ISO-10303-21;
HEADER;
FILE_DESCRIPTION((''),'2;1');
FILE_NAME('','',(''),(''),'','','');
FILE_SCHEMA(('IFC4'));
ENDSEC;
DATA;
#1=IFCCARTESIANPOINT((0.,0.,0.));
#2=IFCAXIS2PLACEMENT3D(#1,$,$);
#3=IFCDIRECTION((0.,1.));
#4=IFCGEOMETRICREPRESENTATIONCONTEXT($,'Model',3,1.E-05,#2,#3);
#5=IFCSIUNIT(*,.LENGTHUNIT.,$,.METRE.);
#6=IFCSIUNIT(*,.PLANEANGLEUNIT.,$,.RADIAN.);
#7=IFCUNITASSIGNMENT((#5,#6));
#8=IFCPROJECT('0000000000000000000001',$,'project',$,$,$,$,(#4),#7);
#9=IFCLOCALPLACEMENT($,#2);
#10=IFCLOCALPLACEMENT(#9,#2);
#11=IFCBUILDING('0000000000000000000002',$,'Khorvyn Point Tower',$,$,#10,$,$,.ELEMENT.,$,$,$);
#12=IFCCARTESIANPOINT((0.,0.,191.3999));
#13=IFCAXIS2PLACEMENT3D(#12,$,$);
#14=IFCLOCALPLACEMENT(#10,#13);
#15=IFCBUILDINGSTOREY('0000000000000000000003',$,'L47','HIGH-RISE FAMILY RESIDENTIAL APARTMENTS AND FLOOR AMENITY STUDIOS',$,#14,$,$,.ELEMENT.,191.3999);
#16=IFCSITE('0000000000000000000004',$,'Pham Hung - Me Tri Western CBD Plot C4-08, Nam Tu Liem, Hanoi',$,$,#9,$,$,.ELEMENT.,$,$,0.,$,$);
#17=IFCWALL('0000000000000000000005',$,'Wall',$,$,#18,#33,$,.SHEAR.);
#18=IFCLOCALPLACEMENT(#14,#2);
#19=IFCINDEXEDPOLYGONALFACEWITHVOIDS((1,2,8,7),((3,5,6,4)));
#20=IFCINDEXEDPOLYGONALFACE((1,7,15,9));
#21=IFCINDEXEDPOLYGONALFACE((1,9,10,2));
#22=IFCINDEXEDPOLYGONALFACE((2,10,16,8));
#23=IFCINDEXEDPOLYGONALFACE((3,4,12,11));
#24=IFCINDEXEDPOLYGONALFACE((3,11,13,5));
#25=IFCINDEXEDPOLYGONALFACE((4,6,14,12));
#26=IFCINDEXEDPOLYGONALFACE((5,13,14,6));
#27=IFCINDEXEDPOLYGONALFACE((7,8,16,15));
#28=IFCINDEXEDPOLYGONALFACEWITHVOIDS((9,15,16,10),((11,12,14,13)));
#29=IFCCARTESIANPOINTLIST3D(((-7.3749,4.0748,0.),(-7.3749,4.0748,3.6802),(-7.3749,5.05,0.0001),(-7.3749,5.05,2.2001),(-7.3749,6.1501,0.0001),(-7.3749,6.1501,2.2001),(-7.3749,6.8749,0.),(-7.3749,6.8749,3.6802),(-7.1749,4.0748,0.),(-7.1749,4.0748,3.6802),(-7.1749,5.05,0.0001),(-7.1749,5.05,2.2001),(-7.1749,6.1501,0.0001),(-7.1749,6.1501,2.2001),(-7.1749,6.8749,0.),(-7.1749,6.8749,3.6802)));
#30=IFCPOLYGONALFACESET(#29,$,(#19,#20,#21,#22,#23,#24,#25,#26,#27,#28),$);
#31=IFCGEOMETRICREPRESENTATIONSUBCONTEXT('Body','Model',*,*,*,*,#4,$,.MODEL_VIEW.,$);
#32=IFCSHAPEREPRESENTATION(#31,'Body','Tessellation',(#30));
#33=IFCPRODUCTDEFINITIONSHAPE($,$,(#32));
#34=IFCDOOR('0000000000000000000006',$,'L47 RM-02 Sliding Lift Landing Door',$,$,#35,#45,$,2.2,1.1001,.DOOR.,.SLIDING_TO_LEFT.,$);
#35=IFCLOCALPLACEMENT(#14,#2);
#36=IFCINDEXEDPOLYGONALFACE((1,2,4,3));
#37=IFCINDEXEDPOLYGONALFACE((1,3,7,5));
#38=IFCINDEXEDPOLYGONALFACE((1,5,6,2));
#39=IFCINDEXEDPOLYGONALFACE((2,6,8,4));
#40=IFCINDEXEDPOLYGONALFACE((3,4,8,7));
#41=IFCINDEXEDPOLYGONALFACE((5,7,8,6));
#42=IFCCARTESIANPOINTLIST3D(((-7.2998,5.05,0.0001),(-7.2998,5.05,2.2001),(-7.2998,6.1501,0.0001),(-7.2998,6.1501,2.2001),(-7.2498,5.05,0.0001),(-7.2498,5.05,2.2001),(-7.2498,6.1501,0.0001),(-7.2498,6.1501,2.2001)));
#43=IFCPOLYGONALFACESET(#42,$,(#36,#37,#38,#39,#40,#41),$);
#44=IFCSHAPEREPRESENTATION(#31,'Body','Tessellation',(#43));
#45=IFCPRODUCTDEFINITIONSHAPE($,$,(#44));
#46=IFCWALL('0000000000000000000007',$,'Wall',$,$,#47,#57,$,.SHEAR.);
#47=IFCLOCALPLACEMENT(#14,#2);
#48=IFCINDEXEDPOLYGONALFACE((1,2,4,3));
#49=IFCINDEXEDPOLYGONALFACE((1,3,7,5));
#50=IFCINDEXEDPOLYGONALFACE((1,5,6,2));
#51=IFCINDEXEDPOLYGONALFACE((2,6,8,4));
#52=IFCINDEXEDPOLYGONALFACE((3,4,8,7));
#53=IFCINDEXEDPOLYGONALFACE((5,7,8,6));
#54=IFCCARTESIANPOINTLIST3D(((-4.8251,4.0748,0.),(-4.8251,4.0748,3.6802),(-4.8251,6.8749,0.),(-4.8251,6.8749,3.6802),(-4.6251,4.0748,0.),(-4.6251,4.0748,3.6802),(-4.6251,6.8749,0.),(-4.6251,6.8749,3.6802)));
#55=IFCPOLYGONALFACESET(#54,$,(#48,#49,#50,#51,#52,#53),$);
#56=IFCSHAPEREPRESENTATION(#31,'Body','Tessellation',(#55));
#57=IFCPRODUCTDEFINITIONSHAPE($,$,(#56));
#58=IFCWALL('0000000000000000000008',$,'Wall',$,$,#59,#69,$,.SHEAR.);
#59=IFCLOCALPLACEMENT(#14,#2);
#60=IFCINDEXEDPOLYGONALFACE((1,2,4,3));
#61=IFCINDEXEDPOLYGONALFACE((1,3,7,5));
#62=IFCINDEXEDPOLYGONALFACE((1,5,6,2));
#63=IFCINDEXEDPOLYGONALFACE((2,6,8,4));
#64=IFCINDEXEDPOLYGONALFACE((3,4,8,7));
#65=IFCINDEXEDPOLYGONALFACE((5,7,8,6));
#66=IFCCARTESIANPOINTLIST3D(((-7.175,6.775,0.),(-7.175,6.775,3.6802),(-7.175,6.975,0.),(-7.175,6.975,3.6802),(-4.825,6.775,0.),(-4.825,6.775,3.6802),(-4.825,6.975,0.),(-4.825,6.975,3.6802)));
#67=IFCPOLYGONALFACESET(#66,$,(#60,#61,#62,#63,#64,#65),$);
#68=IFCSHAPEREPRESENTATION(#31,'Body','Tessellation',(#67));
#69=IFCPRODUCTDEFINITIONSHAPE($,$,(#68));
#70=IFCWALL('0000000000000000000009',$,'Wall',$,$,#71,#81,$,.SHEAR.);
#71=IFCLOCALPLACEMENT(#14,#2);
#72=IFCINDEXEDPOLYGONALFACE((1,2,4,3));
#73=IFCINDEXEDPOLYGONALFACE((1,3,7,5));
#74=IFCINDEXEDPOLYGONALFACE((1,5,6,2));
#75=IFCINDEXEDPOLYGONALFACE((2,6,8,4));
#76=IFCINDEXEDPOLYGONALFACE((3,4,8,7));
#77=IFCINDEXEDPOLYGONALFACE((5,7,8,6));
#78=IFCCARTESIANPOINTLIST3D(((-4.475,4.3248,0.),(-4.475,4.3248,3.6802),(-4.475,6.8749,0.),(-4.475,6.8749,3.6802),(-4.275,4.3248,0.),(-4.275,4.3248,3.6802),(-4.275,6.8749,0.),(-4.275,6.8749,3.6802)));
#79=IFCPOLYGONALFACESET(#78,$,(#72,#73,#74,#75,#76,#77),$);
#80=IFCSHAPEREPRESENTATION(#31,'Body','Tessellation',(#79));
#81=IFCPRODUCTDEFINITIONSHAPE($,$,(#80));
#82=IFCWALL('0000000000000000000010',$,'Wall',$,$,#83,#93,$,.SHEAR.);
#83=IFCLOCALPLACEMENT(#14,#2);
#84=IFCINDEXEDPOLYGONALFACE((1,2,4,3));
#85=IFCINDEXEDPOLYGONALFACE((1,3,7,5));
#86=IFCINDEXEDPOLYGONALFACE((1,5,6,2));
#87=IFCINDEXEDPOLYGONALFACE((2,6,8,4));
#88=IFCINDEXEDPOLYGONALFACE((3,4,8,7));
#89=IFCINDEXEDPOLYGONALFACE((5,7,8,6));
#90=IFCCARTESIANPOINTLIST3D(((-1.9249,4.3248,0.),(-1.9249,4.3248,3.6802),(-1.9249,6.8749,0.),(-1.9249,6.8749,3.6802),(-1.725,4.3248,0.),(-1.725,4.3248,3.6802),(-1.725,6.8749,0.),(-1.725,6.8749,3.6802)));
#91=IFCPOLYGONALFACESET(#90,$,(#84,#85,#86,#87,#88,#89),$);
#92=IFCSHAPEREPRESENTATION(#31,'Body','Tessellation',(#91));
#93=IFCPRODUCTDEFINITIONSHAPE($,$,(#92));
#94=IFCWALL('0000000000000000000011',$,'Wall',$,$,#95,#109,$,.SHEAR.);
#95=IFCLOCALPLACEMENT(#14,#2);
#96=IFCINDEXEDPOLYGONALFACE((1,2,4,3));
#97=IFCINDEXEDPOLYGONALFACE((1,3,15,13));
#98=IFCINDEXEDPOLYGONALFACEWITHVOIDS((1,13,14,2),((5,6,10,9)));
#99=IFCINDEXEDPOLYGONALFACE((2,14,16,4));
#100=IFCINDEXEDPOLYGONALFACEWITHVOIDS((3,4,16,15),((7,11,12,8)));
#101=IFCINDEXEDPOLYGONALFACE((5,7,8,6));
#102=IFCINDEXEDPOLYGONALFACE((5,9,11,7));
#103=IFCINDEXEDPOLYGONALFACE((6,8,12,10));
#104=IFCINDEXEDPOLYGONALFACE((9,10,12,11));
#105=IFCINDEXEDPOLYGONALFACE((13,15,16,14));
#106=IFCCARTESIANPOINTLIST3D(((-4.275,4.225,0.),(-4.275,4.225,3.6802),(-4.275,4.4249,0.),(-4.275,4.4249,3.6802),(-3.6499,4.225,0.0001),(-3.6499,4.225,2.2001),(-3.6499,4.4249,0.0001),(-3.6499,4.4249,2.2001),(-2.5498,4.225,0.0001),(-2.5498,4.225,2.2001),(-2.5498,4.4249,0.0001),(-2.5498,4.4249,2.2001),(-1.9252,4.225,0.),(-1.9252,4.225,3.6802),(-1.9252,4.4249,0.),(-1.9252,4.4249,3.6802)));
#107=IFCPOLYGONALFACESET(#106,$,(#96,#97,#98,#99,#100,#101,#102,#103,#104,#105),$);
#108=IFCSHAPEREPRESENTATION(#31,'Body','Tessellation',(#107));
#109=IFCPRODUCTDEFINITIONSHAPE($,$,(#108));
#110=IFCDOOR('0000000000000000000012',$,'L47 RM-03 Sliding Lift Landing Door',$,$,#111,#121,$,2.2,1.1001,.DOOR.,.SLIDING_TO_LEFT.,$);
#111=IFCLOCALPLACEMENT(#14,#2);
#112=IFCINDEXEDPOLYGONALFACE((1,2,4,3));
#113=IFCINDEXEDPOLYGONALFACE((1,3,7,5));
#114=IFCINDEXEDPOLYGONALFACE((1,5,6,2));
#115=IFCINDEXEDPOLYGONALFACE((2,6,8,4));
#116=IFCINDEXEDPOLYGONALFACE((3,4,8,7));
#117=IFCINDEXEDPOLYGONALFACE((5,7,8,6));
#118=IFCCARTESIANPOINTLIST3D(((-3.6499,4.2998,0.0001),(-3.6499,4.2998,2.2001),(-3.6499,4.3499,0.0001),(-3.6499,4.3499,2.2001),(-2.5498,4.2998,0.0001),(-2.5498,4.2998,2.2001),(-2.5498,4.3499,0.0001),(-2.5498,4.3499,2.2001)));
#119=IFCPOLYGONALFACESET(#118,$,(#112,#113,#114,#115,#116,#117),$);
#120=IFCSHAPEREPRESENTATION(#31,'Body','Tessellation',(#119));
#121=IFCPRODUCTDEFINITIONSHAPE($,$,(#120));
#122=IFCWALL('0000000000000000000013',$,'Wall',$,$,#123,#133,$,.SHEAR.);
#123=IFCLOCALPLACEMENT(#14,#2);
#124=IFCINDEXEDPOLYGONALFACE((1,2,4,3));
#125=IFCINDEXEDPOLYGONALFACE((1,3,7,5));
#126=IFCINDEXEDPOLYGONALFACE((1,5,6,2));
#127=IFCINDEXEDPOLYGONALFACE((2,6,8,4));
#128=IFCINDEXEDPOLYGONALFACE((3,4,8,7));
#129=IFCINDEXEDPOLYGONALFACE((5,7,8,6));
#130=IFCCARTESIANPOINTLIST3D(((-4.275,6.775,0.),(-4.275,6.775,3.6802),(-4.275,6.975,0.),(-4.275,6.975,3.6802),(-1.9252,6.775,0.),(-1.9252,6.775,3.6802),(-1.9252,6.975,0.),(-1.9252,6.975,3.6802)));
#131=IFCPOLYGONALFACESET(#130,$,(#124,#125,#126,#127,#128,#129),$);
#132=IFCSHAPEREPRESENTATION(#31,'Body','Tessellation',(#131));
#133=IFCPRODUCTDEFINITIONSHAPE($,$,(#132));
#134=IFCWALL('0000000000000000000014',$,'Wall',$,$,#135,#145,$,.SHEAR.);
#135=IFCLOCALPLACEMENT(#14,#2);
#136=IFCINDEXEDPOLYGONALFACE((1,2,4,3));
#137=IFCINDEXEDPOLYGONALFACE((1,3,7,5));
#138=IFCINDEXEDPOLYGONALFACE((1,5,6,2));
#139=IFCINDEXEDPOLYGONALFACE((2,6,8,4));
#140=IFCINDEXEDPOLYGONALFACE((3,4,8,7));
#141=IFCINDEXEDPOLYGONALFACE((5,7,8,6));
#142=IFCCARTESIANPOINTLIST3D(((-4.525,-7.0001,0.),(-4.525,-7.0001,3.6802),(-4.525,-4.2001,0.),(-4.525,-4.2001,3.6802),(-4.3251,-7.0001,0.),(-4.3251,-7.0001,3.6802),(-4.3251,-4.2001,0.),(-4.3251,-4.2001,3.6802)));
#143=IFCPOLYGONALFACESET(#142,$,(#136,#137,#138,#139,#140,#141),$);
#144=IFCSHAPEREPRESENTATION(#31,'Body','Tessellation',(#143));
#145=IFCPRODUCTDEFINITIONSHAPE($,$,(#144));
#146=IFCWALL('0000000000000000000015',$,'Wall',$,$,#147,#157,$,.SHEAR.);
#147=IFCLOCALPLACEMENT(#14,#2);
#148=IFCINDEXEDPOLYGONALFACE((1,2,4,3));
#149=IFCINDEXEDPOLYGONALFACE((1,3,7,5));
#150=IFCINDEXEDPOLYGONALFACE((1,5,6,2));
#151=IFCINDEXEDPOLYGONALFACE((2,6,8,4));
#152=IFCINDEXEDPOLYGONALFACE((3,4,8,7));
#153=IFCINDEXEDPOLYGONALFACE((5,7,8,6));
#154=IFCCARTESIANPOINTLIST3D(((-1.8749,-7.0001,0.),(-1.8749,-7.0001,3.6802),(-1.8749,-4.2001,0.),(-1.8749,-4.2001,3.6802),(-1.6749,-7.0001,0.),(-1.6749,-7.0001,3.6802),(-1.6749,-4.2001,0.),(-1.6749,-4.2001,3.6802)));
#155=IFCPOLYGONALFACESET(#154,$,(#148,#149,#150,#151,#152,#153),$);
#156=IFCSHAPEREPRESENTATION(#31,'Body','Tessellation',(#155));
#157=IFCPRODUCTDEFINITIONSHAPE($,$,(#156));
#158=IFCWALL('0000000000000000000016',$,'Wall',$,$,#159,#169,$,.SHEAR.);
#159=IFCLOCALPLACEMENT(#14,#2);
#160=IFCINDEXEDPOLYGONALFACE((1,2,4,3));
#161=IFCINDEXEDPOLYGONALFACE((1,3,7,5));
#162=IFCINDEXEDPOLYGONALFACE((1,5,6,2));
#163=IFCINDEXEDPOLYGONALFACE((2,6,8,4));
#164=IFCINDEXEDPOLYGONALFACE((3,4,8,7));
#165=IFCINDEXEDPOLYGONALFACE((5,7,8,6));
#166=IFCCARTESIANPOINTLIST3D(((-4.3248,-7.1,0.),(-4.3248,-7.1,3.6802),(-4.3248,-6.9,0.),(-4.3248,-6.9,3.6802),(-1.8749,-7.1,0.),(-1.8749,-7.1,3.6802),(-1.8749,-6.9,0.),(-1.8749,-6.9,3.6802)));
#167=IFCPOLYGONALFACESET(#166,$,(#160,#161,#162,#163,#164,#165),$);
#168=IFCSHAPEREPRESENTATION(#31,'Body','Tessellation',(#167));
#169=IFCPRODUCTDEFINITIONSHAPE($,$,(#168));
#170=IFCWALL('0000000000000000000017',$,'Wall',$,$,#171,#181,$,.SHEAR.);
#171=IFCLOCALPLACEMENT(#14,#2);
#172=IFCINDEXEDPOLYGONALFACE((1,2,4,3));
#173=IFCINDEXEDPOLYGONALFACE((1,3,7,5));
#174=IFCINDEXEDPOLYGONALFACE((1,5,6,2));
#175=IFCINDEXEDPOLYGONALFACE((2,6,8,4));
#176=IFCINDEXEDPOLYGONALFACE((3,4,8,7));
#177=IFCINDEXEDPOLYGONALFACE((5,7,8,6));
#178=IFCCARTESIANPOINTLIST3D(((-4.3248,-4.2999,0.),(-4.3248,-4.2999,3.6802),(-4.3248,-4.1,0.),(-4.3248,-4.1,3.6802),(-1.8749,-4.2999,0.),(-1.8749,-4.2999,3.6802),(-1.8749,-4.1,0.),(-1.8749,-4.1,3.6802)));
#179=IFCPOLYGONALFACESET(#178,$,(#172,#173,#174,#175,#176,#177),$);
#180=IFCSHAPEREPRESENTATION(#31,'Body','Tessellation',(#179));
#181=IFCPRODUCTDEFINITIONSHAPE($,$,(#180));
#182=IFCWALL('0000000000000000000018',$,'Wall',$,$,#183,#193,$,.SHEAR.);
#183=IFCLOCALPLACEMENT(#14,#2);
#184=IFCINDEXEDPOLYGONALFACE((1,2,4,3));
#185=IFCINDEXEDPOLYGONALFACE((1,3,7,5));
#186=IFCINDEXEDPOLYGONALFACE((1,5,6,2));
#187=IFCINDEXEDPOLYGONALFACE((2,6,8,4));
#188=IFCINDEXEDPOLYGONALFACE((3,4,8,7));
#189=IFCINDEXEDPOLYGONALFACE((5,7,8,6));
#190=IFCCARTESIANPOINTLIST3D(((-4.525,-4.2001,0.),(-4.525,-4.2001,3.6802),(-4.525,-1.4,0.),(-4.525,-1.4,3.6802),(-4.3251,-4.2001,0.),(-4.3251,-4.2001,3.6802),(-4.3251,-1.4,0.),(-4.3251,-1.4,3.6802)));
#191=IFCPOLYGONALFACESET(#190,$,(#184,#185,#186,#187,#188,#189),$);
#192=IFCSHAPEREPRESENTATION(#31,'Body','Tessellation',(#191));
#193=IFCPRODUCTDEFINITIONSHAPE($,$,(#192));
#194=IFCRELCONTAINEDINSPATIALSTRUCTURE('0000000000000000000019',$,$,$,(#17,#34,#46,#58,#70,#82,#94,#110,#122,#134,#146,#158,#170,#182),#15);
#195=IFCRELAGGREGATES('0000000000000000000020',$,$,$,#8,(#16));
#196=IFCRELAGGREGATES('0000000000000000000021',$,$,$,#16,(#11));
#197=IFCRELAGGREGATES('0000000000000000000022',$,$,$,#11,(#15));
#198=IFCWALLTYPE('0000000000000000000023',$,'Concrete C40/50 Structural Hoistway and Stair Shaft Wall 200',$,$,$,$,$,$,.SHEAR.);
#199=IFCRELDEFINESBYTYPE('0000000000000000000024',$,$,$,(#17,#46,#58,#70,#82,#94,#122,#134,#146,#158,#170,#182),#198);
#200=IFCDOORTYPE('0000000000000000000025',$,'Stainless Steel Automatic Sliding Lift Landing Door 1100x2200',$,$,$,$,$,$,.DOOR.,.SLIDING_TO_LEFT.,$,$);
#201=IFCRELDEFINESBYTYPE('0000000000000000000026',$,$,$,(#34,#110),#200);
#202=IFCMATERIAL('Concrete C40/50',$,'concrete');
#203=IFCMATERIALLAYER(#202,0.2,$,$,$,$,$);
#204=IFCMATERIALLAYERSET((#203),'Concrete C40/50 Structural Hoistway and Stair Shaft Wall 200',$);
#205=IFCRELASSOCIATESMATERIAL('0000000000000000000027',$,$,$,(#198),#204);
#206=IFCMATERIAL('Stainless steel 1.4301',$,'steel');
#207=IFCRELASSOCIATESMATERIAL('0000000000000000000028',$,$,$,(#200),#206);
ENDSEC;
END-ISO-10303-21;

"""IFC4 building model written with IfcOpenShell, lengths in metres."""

from ifc_helpers import new_model, si_unit, direction, frame, frame_2d, origin, place, context, subcontext, project, spatial, rectangle, extrude, material, layer, layer_set, type_object, element, fill, save


model = new_model("IFC4")

# Units and contexts
model_context = context("Model", 3, precision=1e-05, world=origin(), true_north=direction((0.0, 1.0)))
body_context = subcontext(model_context, "Body", "Model", "MODEL_VIEW")
ifc_project = project(units=[si_unit("LENGTHUNIT", "METRE"), si_unit("PLANEANGLEUNIT", "RADIAN")], contexts=[model_context])

# Site, building, storey
site_placement = place(None, origin())
site = spatial("IfcSite", under=ifc_project, at=site_placement, Name="Pham Hung - Me Tri Western CBD Plot C4-08, Nam Tu Liem, Hanoi", CompositionType="ELEMENT", RefElevation=0.0)
building_placement = place(site_placement, origin())
building = spatial("IfcBuilding", under=site, at=building_placement, Name="Khorvyn Point Tower", CompositionType="ELEMENT")
storey_placement = place(building_placement, frame((0.0, 0.0, 191.3999)))
storey = spatial("IfcBuildingStorey", under=building, at=storey_placement, Name="L47", Description="HIGH-RISE FAMILY RESIDENTIAL APARTMENTS AND FLOOR AMENITY STUDIOS", CompositionType="ELEMENT", Elevation=191.3999)

# Shared definitions
ifc_material_1 = material(Name="Concrete C40/50", Category="concrete")

# Shared definitions
ifc_layer_1 = layer(ifc_material_1, 0.2)
ifc_layer_set_1 = layer_set([ifc_layer_1], Name="Concrete C40/50 Structural Hoistway and Stair Shaft Wall 200")
wall_type_1 = type_object("IfcWallType", Name="Concrete C40/50 Structural Hoistway and Stair Shaft Wall 200", PredefinedType="SHEAR", material=ifc_layer_set_1)
ifc_material_2 = material(Name="Stainless steel 1.4301", Category="steel")
door_type_1 = type_object("IfcDoorType", Name="Stainless Steel Automatic Sliding Lift Landing Door 1100x2200", OperationType="SLIDING_TO_LEFT", PredefinedType="DOOR", material=ifc_material_2)

# Wall, opening, door
wall_1_placement = place(storey_placement, frame((-7.2749, 4.075, 0.0), z_axis=(0.0, 0.0, 1.0), x_axis=(0.0, 1.0, 0.0)))
wall_1 = element("IfcWall", 1, at=wall_1_placement, inside=storey, type_object=wall_type_1, Name="Wall", PredefinedType="SHEAR", context=body_context, shape_type="SweptSolid", body=[
    extrude(rectangle(XDim=2.8, YDim=0.2, at=frame_2d((1.3999, 0.0))), origin(), (0.0, 0.0, 1.0), 3.6802),
])
opening_1_placement = place(wall_1_placement, frame((0.9751, 0.0, 0.0)))
opening_1 = element("IfcOpeningElement", 2, at=opening_1_placement, cuts=wall_1, PredefinedType="OPENING", context=body_context, shape_type="SweptSolid", body=[
    extrude(rectangle(XDim=1.1001, YDim=2.2, at=frame_2d((0.55, 1.1001))), frame((0.0, 0.1099, 0.0), z_axis=(0.0, -1.0, 0.0), x_axis=(1.0, 0.0, 0.0)), (0.0, 0.0, 1.0), 0.22),
])
door_1_placement = place(opening_1_placement, origin())
door_1 = element("IfcDoor", 3, at=door_1_placement, inside=storey, type_object=door_type_1, Name="L47 RM-02 Sliding Lift Landing Door", OperationType="SLIDING_TO_LEFT", OverallHeight=2.2, OverallWidth=1.1001, PredefinedType="DOOR", context=body_context, shape_type="SweptSolid", body=[
    extrude(rectangle(XDim=1.1001, YDim=2.2, at=frame_2d((0.55, 1.1001))), frame((0.0, 0.0249, 0.0), z_axis=(0.0, -1.0, 0.0), x_axis=(1.0, 0.0, 0.0)), (0.0, 0.0, 1.0), 0.05),
])
fill(opening_1, door_1)

# Walls
wall_2_placement = place(storey_placement, frame((-4.7251, 4.075, 0.0), z_axis=(0.0, 0.0, 1.0), x_axis=(0.0, 1.0, 0.0)))
element("IfcWall", 4, at=wall_2_placement, inside=storey, type_object=wall_type_1, Name="Wall", PredefinedType="SHEAR", context=body_context, shape_type="SweptSolid", body=[
    extrude(rectangle(XDim=2.8, YDim=0.2, at=frame_2d((1.3999, 0.0))), origin(), (0.0, 0.0, 1.0), 3.6802),
])
wall_3_placement = place(storey_placement, frame((-7.175, 6.875, 0.0), z_axis=(0.0, 0.0, 1.0), x_axis=(1.0, 0.0, 0.0)))
element("IfcWall", 5, at=wall_3_placement, inside=storey, type_object=wall_type_1, Name="Wall", PredefinedType="SHEAR", context=body_context, shape_type="SweptSolid", body=[
    extrude(rectangle(XDim=2.3501, YDim=0.2, at=frame_2d((1.175, 0.0))), origin(), (0.0, 0.0, 1.0), 3.6802),
])
for number, where, z_axis, x_axis, name in (
    (6, (-4.375, 4.325, 0.0), (0.0, 0.0, 1.0), (0.0, 1.0, 0.0), "Wall"),
    (7, (-1.825, 4.325, 0.0), (0.0, 0.0, 1.0), (0.0, 1.0, 0.0), "Wall"),
):
    element("IfcWall", number, at=place(storey_placement, frame(where, z_axis=z_axis, x_axis=x_axis)), inside=storey, type_object=wall_type_1, Name=name, PredefinedType="SHEAR", context=body_context, shape_type="SweptSolid", body=[
        extrude(rectangle(XDim=2.55, YDim=0.2, at=frame_2d((1.2749, 0.0))), origin(), (0.0, 0.0, 1.0), 3.6802),
    ])

# Wall, opening, door
wall_4_placement = place(storey_placement, frame((-4.2749, 4.325, 0.0), z_axis=(0.0, 0.0, 1.0), x_axis=(1.0, 0.0, 0.0)))
wall_4 = element("IfcWall", 8, at=wall_4_placement, inside=storey, type_object=wall_type_1, Name="Wall", PredefinedType="SHEAR", context=body_context, shape_type="SweptSolid", body=[
    extrude(rectangle(XDim=2.3499, YDim=0.2, at=frame_2d((1.1748, 0.0))), origin(), (0.0, 0.0, 1.0), 3.6802),
])
opening_2_placement = place(wall_4_placement, frame((0.625, 0.0, 0.0)))
opening_2 = element("IfcOpeningElement", 9, at=opening_2_placement, cuts=wall_4, PredefinedType="OPENING", context=body_context, shape_type="SweptSolid", body=[
    extrude(rectangle(XDim=1.1001, YDim=2.2, at=frame_2d((0.55, 1.1001))), frame((0.0, 0.1099, 0.0), z_axis=(0.0, -1.0, 0.0), x_axis=(1.0, 0.0, 0.0)), (0.0, 0.0, 1.0), 0.22),
])
door_2_placement = place(opening_2_placement, origin())
door_2 = element("IfcDoor", 10, at=door_2_placement, inside=storey, type_object=door_type_1, Name="L47 RM-03 Sliding Lift Landing Door", OperationType="SLIDING_TO_LEFT", OverallHeight=2.2, OverallWidth=1.1001, PredefinedType="DOOR", context=body_context, shape_type="SweptSolid", body=[
    extrude(rectangle(XDim=1.1001, YDim=2.2, at=frame_2d((0.55, 1.1001))), frame((0.0, 0.0249, 0.0), z_axis=(0.0, -1.0, 0.0), x_axis=(1.0, 0.0, 0.0)), (0.0, 0.0, 1.0), 0.05),
])
fill(opening_2, door_2)

# Walls
wall_5_placement = place(storey_placement, frame((-4.2749, 6.875, 0.0), z_axis=(0.0, 0.0, 1.0), x_axis=(1.0, 0.0, 0.0)))
element("IfcWall", 11, at=wall_5_placement, inside=storey, type_object=wall_type_1, Name="Wall", PredefinedType="SHEAR", context=body_context, shape_type="SweptSolid", body=[
    extrude(rectangle(XDim=2.3499, YDim=0.2, at=frame_2d((1.1748, 0.0))), origin(), (0.0, 0.0, 1.0), 3.6802),
])
for number, where, z_axis, x_axis, name in (
    (12, (-4.425, -7.0, 0.0), (0.0, 0.0, 1.0), (0.0, 1.0, 0.0), "Wall"),
    (13, (-1.7749, -7.0, 0.0), (0.0, 0.0, 1.0), (0.0, 1.0, 0.0), "Wall"),
):
    element("IfcWall", number, at=place(storey_placement, frame(where, z_axis=z_axis, x_axis=x_axis)), inside=storey, type_object=wall_type_1, Name=name, PredefinedType="SHEAR", context=body_context, shape_type="SweptSolid", body=[
        extrude(rectangle(XDim=2.8, YDim=0.2, at=frame_2d((1.3999, 0.0))), origin(), (0.0, 0.0, 1.0), 3.6802),
    ])
for number, where, z_axis, x_axis, name in (
    (14, (-4.325, -7.0, 0.0), (0.0, 0.0, 1.0), (1.0, 0.0, 0.0), "Wall"),
    (15, (-4.325, -4.2, 0.0), (0.0, 0.0, 1.0), (1.0, 0.0, 0.0), "Wall"),
):
    element("IfcWall", number, at=place(storey_placement, frame(where, z_axis=z_axis, x_axis=x_axis)), inside=storey, type_object=wall_type_1, Name=name, PredefinedType="SHEAR", context=body_context, shape_type="SweptSolid", body=[
        extrude(rectangle(XDim=2.45, YDim=0.2, at=frame_2d((1.2251, 0.0))), origin(), (0.0, 0.0, 1.0), 3.6802),
    ])
wall_6_placement = place(storey_placement, frame((-4.425, -4.2, 0.0), z_axis=(0.0, 0.0, 1.0), x_axis=(0.0, 1.0, 0.0)))
element("IfcWall", 16, at=wall_6_placement, inside=storey, type_object=wall_type_1, Name="Wall", PredefinedType="SHEAR", context=body_context, shape_type="SweptSolid", body=[
    extrude(rectangle(XDim=2.8, YDim=0.2, at=frame_2d((1.3999, 0.0))), origin(), (0.0, 0.0, 1.0), 3.6802),
])

save(model, "model.ifc")
